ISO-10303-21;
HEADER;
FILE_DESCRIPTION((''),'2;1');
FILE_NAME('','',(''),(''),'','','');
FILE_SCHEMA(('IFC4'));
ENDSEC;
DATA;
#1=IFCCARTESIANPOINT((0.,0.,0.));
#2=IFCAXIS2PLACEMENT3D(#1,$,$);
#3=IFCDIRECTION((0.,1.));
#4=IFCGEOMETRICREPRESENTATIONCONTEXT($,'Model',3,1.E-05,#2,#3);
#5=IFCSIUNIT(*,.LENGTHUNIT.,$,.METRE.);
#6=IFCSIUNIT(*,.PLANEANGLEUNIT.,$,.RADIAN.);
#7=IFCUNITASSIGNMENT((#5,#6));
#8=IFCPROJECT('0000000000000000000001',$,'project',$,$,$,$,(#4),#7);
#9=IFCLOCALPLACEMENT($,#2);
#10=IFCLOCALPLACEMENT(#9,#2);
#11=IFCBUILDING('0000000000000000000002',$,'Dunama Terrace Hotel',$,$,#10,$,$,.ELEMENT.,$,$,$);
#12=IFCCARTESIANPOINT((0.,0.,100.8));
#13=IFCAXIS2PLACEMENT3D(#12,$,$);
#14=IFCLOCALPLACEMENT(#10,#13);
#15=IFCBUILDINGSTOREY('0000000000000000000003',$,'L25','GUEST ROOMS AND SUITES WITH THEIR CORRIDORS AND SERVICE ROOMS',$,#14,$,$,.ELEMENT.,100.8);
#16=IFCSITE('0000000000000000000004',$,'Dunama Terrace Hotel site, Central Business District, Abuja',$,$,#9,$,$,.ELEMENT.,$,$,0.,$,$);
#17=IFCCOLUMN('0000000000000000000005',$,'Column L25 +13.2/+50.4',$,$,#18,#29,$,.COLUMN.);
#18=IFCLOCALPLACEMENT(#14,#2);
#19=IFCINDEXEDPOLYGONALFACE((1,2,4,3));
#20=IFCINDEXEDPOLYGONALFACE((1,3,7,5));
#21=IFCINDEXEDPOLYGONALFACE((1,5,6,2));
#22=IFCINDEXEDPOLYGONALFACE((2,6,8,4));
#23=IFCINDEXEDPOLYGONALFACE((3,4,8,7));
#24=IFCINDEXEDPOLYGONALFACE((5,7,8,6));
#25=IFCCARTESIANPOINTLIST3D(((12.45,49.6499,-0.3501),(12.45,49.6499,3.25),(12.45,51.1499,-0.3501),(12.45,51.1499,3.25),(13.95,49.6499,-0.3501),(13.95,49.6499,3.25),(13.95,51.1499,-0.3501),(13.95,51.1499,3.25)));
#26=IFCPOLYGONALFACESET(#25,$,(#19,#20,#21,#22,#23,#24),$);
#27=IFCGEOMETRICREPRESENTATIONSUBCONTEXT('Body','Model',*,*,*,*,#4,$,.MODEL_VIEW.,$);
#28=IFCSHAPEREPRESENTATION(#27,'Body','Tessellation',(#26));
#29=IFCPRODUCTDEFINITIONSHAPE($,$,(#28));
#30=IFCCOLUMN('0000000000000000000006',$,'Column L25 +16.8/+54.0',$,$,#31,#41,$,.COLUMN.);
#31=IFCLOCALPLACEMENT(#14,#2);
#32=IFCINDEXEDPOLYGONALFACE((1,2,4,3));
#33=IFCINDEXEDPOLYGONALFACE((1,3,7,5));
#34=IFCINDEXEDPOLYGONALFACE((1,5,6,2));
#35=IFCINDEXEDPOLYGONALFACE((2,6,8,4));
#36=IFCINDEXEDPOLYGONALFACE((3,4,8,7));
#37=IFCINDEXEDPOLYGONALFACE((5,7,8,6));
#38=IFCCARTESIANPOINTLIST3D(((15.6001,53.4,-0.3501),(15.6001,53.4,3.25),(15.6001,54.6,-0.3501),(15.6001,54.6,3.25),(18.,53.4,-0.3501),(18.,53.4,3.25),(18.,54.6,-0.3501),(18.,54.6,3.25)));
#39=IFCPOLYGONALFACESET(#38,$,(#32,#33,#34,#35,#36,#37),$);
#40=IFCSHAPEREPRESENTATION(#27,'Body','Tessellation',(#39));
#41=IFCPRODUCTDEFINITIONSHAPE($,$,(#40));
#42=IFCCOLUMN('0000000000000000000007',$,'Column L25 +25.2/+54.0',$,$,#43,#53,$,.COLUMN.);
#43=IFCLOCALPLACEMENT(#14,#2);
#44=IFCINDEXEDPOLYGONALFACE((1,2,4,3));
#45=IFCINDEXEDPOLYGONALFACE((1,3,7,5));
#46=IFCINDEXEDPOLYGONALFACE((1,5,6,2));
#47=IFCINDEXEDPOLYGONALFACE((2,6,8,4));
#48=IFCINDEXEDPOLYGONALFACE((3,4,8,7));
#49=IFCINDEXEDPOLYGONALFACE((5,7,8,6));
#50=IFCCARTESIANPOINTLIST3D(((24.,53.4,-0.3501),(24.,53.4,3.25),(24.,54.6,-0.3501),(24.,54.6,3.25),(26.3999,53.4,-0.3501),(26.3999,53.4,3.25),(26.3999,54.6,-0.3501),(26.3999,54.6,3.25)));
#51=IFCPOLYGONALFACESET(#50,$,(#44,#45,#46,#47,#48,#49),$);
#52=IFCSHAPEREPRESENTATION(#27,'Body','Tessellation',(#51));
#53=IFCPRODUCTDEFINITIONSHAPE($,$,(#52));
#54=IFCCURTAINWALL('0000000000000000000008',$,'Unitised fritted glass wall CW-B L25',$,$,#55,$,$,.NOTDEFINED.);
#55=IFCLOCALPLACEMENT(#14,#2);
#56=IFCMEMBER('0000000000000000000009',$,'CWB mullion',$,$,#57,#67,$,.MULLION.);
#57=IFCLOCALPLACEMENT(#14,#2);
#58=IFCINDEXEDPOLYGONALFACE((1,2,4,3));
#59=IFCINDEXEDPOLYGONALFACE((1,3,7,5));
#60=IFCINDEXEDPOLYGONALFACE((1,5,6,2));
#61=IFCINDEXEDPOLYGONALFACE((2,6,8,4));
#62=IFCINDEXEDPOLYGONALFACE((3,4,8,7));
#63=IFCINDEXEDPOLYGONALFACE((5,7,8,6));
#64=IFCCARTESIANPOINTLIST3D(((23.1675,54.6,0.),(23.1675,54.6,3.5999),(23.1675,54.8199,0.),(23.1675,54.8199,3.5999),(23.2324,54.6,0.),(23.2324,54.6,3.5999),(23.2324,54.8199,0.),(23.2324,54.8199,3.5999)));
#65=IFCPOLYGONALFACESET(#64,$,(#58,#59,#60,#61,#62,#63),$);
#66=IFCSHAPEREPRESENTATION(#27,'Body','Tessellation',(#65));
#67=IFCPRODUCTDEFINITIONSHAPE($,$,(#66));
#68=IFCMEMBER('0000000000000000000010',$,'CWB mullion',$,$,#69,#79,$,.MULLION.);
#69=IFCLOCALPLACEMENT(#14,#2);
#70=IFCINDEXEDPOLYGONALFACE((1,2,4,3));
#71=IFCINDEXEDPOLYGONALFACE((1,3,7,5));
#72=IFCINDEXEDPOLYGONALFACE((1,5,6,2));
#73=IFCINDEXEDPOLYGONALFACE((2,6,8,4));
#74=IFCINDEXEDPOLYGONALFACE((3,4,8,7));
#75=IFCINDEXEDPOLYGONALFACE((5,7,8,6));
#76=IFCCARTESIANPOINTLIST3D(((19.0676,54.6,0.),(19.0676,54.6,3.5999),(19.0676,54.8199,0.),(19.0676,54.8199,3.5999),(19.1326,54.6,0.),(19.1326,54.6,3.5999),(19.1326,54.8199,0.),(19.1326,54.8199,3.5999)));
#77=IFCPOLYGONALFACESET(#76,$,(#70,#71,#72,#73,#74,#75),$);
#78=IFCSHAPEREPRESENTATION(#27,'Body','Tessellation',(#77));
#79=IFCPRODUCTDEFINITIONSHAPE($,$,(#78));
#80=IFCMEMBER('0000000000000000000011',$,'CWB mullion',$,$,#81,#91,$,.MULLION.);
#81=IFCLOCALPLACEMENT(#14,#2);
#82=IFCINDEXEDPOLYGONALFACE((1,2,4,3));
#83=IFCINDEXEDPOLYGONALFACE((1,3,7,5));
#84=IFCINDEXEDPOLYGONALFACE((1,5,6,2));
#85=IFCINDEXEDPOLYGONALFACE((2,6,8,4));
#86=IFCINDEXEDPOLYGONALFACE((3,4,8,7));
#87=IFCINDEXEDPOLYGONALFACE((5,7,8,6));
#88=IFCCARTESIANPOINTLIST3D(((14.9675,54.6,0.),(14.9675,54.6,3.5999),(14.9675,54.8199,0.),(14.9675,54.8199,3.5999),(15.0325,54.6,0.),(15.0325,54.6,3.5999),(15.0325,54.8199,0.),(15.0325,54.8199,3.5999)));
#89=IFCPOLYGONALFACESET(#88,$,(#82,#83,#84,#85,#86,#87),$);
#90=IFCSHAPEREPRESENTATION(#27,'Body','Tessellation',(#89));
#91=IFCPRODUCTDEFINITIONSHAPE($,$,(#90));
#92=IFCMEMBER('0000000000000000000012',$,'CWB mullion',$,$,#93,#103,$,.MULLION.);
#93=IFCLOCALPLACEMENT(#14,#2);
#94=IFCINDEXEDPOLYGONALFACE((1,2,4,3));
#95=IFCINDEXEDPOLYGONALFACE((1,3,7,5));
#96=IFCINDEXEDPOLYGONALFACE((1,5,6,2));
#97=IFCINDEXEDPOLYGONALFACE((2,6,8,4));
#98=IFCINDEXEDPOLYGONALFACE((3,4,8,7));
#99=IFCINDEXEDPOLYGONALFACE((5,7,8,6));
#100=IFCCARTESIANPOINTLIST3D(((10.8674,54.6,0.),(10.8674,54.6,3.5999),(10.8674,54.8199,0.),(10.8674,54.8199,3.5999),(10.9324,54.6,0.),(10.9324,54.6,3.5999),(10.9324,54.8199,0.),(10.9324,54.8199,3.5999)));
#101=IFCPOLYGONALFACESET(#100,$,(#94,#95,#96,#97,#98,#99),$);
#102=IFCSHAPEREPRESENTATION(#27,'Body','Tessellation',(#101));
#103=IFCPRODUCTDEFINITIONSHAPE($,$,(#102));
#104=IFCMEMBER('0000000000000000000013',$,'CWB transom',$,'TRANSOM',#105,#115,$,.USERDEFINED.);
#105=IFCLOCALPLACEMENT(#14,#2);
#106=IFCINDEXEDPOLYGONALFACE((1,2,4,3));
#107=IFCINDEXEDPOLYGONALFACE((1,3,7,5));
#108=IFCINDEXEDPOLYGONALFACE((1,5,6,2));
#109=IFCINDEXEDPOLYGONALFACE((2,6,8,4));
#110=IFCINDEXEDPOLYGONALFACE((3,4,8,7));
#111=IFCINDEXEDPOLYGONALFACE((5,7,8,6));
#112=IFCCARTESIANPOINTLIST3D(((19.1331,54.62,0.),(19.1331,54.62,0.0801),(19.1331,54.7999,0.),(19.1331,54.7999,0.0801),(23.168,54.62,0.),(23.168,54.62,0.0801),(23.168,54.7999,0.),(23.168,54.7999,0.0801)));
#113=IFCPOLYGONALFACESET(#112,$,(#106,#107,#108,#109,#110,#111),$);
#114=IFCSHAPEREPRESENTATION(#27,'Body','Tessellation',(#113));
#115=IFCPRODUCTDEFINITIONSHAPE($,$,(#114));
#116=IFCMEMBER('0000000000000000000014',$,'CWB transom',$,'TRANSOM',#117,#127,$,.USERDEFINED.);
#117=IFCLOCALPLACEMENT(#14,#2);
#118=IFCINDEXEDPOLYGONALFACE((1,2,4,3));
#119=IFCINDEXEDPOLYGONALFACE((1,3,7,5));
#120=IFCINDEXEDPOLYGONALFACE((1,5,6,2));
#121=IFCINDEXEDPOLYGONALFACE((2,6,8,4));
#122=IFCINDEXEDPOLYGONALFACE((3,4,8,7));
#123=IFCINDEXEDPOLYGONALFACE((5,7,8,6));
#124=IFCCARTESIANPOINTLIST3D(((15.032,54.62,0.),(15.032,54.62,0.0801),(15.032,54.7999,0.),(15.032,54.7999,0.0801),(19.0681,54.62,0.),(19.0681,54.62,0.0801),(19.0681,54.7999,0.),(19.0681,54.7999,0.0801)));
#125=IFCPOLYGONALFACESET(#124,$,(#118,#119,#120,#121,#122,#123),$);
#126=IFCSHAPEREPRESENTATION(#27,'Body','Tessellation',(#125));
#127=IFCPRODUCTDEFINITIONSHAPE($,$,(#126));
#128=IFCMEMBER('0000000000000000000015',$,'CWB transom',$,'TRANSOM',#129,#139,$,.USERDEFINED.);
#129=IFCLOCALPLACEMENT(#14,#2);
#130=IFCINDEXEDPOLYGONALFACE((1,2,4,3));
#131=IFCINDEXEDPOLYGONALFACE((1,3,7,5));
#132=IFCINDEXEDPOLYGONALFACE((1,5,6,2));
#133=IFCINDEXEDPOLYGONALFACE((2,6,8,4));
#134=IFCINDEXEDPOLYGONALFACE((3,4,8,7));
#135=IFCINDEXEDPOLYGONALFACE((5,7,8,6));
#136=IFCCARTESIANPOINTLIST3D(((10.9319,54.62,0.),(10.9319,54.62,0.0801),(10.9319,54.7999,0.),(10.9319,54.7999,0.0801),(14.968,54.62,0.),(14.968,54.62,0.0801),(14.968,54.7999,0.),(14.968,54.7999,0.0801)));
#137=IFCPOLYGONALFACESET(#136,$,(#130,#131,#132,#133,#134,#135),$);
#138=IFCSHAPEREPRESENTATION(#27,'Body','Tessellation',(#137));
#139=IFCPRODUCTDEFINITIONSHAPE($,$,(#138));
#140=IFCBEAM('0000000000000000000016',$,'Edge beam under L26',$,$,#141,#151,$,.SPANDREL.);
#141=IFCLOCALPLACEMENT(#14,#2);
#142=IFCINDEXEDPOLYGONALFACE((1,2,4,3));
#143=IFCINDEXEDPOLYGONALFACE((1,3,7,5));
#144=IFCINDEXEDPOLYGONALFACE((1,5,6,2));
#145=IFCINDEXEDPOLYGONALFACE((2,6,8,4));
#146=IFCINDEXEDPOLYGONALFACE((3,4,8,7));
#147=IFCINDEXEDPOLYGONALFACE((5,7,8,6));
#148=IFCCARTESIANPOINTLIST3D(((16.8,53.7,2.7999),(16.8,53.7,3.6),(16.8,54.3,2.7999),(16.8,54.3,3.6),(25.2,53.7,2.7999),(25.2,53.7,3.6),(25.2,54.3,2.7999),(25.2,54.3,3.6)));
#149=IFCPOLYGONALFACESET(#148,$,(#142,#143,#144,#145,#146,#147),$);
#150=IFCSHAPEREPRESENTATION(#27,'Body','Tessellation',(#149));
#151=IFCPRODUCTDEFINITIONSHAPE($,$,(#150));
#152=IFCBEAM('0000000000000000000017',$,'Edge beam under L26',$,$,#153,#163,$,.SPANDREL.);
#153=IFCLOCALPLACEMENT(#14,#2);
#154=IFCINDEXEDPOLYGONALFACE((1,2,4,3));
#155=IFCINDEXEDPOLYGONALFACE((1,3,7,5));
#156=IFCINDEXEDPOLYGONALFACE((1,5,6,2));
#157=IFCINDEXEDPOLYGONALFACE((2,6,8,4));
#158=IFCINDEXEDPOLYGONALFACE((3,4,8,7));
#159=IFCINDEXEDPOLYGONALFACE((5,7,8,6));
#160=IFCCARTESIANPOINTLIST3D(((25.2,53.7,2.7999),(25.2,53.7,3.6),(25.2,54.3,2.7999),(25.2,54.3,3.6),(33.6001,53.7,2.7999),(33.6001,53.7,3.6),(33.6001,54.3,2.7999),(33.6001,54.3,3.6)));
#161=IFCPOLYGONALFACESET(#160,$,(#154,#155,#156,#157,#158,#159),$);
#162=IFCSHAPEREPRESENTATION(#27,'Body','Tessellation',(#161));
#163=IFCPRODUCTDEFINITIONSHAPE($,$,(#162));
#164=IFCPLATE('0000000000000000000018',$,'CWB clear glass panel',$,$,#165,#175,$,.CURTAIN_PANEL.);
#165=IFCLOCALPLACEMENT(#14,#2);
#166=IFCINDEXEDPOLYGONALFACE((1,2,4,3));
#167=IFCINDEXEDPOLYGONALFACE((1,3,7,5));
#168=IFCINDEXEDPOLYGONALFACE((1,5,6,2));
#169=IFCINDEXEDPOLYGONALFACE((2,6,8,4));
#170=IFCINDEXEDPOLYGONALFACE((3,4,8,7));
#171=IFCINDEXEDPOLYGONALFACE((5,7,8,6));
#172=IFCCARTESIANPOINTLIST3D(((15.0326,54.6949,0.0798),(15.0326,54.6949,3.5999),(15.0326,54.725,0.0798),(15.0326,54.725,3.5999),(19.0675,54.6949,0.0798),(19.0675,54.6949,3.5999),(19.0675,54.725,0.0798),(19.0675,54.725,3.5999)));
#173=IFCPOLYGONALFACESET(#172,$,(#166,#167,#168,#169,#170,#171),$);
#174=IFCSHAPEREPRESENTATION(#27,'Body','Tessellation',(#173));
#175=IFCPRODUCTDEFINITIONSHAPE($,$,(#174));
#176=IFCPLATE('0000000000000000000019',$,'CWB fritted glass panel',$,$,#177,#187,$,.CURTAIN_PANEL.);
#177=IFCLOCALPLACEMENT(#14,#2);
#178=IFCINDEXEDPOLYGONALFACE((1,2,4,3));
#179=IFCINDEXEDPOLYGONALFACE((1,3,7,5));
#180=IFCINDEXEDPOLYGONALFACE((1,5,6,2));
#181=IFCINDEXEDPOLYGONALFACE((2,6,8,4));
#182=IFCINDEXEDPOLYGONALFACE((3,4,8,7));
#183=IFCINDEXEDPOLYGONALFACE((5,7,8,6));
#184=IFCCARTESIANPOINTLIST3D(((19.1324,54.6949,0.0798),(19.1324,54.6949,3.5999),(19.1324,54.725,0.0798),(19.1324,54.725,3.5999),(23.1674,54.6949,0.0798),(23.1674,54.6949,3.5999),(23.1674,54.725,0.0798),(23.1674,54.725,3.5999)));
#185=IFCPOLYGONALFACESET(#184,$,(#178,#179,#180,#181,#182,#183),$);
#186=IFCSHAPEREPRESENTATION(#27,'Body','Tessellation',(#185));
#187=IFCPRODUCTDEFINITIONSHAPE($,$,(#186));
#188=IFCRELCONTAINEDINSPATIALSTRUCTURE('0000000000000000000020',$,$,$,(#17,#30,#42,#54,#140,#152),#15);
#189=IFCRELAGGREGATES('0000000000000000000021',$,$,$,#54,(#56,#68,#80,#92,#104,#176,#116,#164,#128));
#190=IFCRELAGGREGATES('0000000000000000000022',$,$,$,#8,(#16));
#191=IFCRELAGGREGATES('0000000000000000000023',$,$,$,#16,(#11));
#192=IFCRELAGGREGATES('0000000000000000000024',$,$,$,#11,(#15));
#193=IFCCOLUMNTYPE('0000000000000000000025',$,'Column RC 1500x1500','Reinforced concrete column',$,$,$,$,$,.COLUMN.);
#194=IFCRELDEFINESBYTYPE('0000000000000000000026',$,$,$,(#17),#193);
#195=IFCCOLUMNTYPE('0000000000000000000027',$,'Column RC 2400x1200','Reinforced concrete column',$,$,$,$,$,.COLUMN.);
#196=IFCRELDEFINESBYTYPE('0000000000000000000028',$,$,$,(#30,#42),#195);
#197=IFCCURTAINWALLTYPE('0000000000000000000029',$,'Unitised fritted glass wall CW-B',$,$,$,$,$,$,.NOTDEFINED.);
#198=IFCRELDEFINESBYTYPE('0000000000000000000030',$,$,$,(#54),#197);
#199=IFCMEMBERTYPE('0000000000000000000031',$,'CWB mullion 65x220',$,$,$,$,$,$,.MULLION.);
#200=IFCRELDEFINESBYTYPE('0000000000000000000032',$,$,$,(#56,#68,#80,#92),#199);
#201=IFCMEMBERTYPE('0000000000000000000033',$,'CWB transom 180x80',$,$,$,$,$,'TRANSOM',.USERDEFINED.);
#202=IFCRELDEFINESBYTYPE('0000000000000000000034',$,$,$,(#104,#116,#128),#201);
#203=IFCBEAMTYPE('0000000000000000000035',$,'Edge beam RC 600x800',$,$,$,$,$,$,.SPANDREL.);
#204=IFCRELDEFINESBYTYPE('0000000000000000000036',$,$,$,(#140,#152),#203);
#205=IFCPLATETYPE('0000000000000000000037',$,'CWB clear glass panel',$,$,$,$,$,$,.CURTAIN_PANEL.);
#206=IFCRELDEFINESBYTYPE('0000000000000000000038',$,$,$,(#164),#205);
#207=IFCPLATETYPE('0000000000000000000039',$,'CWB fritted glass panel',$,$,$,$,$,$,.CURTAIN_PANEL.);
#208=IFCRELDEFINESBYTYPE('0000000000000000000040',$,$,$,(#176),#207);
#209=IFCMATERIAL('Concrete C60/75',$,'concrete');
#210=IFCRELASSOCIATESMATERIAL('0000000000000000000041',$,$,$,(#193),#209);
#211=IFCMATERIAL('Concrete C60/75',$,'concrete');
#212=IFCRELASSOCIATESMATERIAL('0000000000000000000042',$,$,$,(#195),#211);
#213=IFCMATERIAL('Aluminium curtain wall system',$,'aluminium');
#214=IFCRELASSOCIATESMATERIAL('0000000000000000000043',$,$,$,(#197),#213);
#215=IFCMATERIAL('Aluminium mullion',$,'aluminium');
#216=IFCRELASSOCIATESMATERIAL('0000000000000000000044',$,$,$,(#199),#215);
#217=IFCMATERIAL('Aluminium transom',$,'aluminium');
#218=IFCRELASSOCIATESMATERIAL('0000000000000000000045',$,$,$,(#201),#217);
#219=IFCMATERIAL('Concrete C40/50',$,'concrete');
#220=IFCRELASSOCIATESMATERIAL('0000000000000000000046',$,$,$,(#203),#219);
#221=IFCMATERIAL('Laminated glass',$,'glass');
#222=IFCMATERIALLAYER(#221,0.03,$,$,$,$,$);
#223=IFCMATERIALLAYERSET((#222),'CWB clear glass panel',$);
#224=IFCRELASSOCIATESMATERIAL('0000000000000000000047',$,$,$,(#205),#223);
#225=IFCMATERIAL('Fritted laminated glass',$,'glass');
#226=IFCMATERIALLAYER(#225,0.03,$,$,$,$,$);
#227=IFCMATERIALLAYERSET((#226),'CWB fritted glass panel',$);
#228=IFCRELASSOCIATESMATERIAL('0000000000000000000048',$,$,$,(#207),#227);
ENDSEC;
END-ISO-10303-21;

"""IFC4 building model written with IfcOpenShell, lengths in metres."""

from ifc_helpers import new_model, si_unit, direction, frame, origin, origin_2d, place, context, subcontext, project, spatial, rectangle, extrude, material, layer, layer_set, material_profile, profile_set, type_object, element, aggregate, save


model = new_model("IFC4")

# Units and contexts
model_context = context("Model", 3, precision=1e-05, world=origin(), true_north=direction((0.0, 1.0)))
body_context = subcontext(model_context, "Body", "Model", "MODEL_VIEW")
ifc_project = project(units=[si_unit("LENGTHUNIT", "METRE"), si_unit("PLANEANGLEUNIT", "RADIAN")], contexts=[model_context])

# Site, building, storey
site_placement = place(None, origin())
site = spatial("IfcSite", under=ifc_project, at=site_placement, Name="Dunama Terrace Hotel site, Central Business District, Abuja", CompositionType="ELEMENT", RefElevation=0.0)
building_placement = place(site_placement, origin())
building = spatial("IfcBuilding", under=site, at=building_placement, Name="Dunama Terrace Hotel", CompositionType="ELEMENT")
storey_placement = place(building_placement, frame((0.0, 0.0, 100.8)))
storey = spatial("IfcBuildingStorey", under=building, at=storey_placement, Name="L25", Description="GUEST ROOMS AND SUITES WITH THEIR CORRIDORS AND SERVICE ROOMS", CompositionType="ELEMENT", Elevation=100.8)

# Columns
ifc_material_1 = material(Name="Concrete C60/75", Category="concrete")
ifc_material_profile_1 = material_profile(ifc_material_1, rectangle(XDim=1.5, YDim=1.5, at=origin_2d()), Name="RC 1500x1500")
ifc_profile_set_1 = profile_set([ifc_material_profile_1], Name="Concrete C60/75")
column_type_1 = type_object("IfcColumnType", Name="Column RC 1500x1500", Description="Reinforced concrete column", PredefinedType="COLUMN", material=ifc_profile_set_1)
column_placement = place(storey_placement, frame((13.2, 50.3999, -0.3501), z_axis=(0.0, 0.0, 1.0), x_axis=(1.0, 0.0, 0.0)))
element("IfcColumn", 1, at=column_placement, inside=storey, type_object=column_type_1, Name="Column L25 +13.2/+50.4", PredefinedType="COLUMN", context=body_context, shape_type="SweptSolid", body=[
    extrude(rectangle(XDim=1.5, YDim=1.5, at=origin_2d()), origin(), (0.0, 0.0, 1.0), 3.6001),
])
ifc_material_2 = material(Name="Concrete C60/75", Category="concrete")
ifc_material_profile_2 = material_profile(ifc_material_2, rectangle(XDim=2.3999, YDim=1.2, at=origin_2d()), Name="RC 2400x1200")
ifc_profile_set_2 = profile_set([ifc_material_profile_2], Name="Concrete C60/75")
column_type_2 = type_object("IfcColumnType", Name="Column RC 2400x1200", Description="Reinforced concrete column", PredefinedType="COLUMN", material=ifc_profile_set_2)
for number, where, z_axis, x_axis, name in (
    (2, (16.8, 54.0, -0.3501), (0.0, 0.0, 1.0), (1.0, 0.0, 0.0), "Column L25 +16.8/+54.0"),
    (3, (25.2, 54.0, -0.3501), (0.0, 0.0, 1.0), (1.0, 0.0, 0.0), "Column L25 +25.2/+54.0"),
):
    element("IfcColumn", number, at=place(storey_placement, frame(where, z_axis=z_axis, x_axis=x_axis)), inside=storey, type_object=column_type_2, Name=name, PredefinedType="COLUMN", context=body_context, shape_type="SweptSolid", body=[
        extrude(rectangle(XDim=2.3999, YDim=1.2, at=origin_2d()), origin(), (0.0, 0.0, 1.0), 3.6001),
    ])

# Curtain wall, members
ifc_material_3 = material(Name="Aluminium curtain wall system", Category="aluminium")
curtain_wall_type = type_object("IfcCurtainWallType", Name="Unitised fritted glass wall CW-B", PredefinedType="NOTDEFINED", material=ifc_material_3)
curtain_wall_placement = place(storey_placement, origin())
curtain_wall = element("IfcCurtainWall", 4, at=curtain_wall_placement, inside=storey, type_object=curtain_wall_type, Name="Unitised fritted glass wall CW-B L25", PredefinedType="NOTDEFINED")
ifc_material_4 = material(Name="Aluminium mullion", Category="aluminium")
ifc_material_profile_3 = material_profile(ifc_material_4, rectangle(XDim=0.0649, YDim=0.22, at=origin_2d()), Name="CWB MULLION 65X220")
ifc_profile_set_3 = profile_set([ifc_material_profile_3], Name="Aluminium mullion")
member_type_1 = type_object("IfcMemberType", Name="CWB mullion 65x220", PredefinedType="MULLION", material=ifc_profile_set_3)
member_1_placement = place(storey_placement, frame((23.2, 54.71, 0.0), z_axis=(0.0, 0.0, 1.0), x_axis=(-1.0, 0.0, 0.0)))
member_1 = element("IfcMember", 5, at=member_1_placement, type_object=member_type_1, Name="CWB mullion", PredefinedType="MULLION", context=body_context, shape_type="SweptSolid", body=[
    extrude(rectangle(XDim=0.0649, YDim=0.22, at=origin_2d()), origin(), (0.0, 0.0, 1.0), 3.5999),
])
member_2_placement = place(storey_placement, frame((19.1001, 54.71, 0.0), z_axis=(0.0, 0.0, 1.0), x_axis=(-1.0, 0.0, 0.0)))
member_2 = element("IfcMember", 6, at=member_2_placement, type_object=member_type_1, Name="CWB mullion", PredefinedType="MULLION", context=body_context, shape_type="SweptSolid", body=[
    extrude(rectangle(XDim=0.0649, YDim=0.22, at=origin_2d()), origin(), (0.0, 0.0, 1.0), 3.5999),
])
member_3_placement = place(storey_placement, frame((15.0, 54.71, 0.0), z_axis=(0.0, 0.0, 1.0), x_axis=(-1.0, 0.0, 0.0)))
member_3 = element("IfcMember", 7, at=member_3_placement, type_object=member_type_1, Name="CWB mullion", PredefinedType="MULLION", context=body_context, shape_type="SweptSolid", body=[
    extrude(rectangle(XDim=0.0649, YDim=0.22, at=origin_2d()), origin(), (0.0, 0.0, 1.0), 3.5999),
])
member_4_placement = place(storey_placement, frame((10.8999, 54.71, 0.0), z_axis=(0.0, 0.0, 1.0), x_axis=(-1.0, 0.0, 0.0)))
member_4 = element("IfcMember", 8, at=member_4_placement, type_object=member_type_1, Name="CWB mullion", PredefinedType="MULLION", context=body_context, shape_type="SweptSolid", body=[
    extrude(rectangle(XDim=0.0649, YDim=0.22, at=origin_2d()), origin(), (0.0, 0.0, 1.0), 3.5999),
])
ifc_material_5 = material(Name="Aluminium transom", Category="aluminium")
ifc_material_profile_4 = material_profile(ifc_material_5, rectangle(XDim=0.1799, YDim=0.0801, at=origin_2d()), Name="CWB TRANSOM 180X80")
ifc_profile_set_4 = profile_set([ifc_material_profile_4], Name="Aluminium transom")
member_type_2 = type_object("IfcMemberType", Name="CWB transom 180x80", ElementType="TRANSOM", PredefinedType="USERDEFINED", material=ifc_profile_set_4)
member_5_placement = place(storey_placement, frame((23.168, 54.71, 0.04), z_axis=(-1.0, 0.0, 0.0), x_axis=(0.0, -1.0, 0.0)))
member_5 = element("IfcMember", 9, at=member_5_placement, type_object=member_type_2, Name="CWB transom", ObjectType="TRANSOM", PredefinedType="USERDEFINED", context=body_context, shape_type="SweptSolid", body=[
    extrude(rectangle(XDim=0.1799, YDim=0.0801, at=origin_2d()), origin(), (0.0, 0.0, 1.0), 4.0349),
])
member_6_placement = place(storey_placement, frame((19.0681, 54.71, 0.04), z_axis=(-1.0, 0.0, 0.0), x_axis=(0.0, -1.0, 0.0)))
member_6 = element("IfcMember", 10, at=member_6_placement, type_object=member_type_2, Name="CWB transom", ObjectType="TRANSOM", PredefinedType="USERDEFINED", context=body_context, shape_type="SweptSolid", body=[
    extrude(rectangle(XDim=0.1799, YDim=0.0801, at=origin_2d()), origin(), (0.0, 0.0, 1.0), 4.0361),
])
member_7_placement = place(storey_placement, frame((14.968, 54.71, 0.04), z_axis=(-1.0, 0.0, 0.0), x_axis=(0.0, -1.0, 0.0)))
member_7 = element("IfcMember", 11, at=member_7_placement, type_object=member_type_2, Name="CWB transom", ObjectType="TRANSOM", PredefinedType="USERDEFINED", context=body_context, shape_type="SweptSolid", body=[
    extrude(rectangle(XDim=0.1799, YDim=0.0801, at=origin_2d()), origin(), (0.0, 0.0, 1.0), 4.0361),
])

# Beams
ifc_material_6 = material(Name="Concrete C40/50", Category="concrete")
ifc_material_profile_5 = material_profile(ifc_material_6, rectangle(XDim=0.6001, YDim=0.8, at=origin_2d()), Name="RC 600x800")
ifc_profile_set_5 = profile_set([ifc_material_profile_5], Name="Concrete C40/50")
beam_type = type_object("IfcBeamType", Name="Edge beam RC 600x800", PredefinedType="SPANDREL", material=ifc_profile_set_5)
beam_1_placement = place(storey_placement, frame((16.8, 54.0, 3.2), z_axis=(1.0, 0.0, 0.0), x_axis=(0.0, 1.0, 0.0)))
element("IfcBeam", 12, at=beam_1_placement, inside=storey, type_object=beam_type, Name="Edge beam under L26", PredefinedType="SPANDREL", context=body_context, shape_type="SweptSolid", body=[
    extrude(rectangle(XDim=0.6001, YDim=0.8, at=origin_2d()), origin(), (0.0, 0.0, 1.0), 8.3999),
])
beam_2_placement = place(storey_placement, frame((25.2, 54.0, 3.2), z_axis=(1.0, 0.0, 0.0), x_axis=(0.0, 1.0, 0.0)))
element("IfcBeam", 13, at=beam_2_placement, inside=storey, type_object=beam_type, Name="Edge beam under L26", PredefinedType="SPANDREL", context=body_context, shape_type="SweptSolid", body=[
    extrude(rectangle(XDim=0.6001, YDim=0.8, at=origin_2d()), origin(), (0.0, 0.0, 1.0), 8.4001),
])

# Plates
ifc_material_7 = material(Name="Laminated glass", Category="glass")
ifc_layer_1 = layer(ifc_material_7, 0.03)
ifc_layer_set_1 = layer_set([ifc_layer_1], Name="CWB clear glass panel")
plate_type_1 = type_object("IfcPlateType", Name="CWB clear glass panel", PredefinedType="CURTAIN_PANEL", material=ifc_layer_set_1)
plate_1_placement = place(storey_placement, frame((17.05, 54.71, 0.0798), z_axis=(0.0, 0.0, 1.0), x_axis=(-1.0, 0.0, 0.0)))
plate_1 = element("IfcPlate", 14, at=plate_1_placement, type_object=plate_type_1, Name="CWB clear glass panel", PredefinedType="CURTAIN_PANEL", context=body_context, shape_type="SweptSolid", body=[
    extrude(rectangle(XDim=4.0349, YDim=0.03, at=origin_2d()), origin(), (0.0, 0.0, 1.0), 3.52),
])
ifc_material_8 = material(Name="Fritted laminated glass", Category="glass")
ifc_layer_2 = layer(ifc_material_8, 0.03)
ifc_layer_set_2 = layer_set([ifc_layer_2], Name="CWB fritted glass panel")
plate_type_2 = type_object("IfcPlateType", Name="CWB fritted glass panel", PredefinedType="CURTAIN_PANEL", material=ifc_layer_set_2)
plate_2_placement = place(storey_placement, frame((21.1499, 54.71, 0.0798), z_axis=(0.0, 0.0, 1.0), x_axis=(-1.0, 0.0, 0.0)))
plate_2 = element("IfcPlate", 15, at=plate_2_placement, type_object=plate_type_2, Name="CWB fritted glass panel", PredefinedType="CURTAIN_PANEL", context=body_context, shape_type="SweptSolid", body=[
    extrude(rectangle(XDim=4.0349, YDim=0.03, at=origin_2d()), origin(), (0.0, 0.0, 1.0), 3.52),
])
aggregate(curtain_wall, [member_1, member_2, member_3, member_4, member_5, plate_2, member_6, plate_1, member_7])

save(model, "model.ifc")
